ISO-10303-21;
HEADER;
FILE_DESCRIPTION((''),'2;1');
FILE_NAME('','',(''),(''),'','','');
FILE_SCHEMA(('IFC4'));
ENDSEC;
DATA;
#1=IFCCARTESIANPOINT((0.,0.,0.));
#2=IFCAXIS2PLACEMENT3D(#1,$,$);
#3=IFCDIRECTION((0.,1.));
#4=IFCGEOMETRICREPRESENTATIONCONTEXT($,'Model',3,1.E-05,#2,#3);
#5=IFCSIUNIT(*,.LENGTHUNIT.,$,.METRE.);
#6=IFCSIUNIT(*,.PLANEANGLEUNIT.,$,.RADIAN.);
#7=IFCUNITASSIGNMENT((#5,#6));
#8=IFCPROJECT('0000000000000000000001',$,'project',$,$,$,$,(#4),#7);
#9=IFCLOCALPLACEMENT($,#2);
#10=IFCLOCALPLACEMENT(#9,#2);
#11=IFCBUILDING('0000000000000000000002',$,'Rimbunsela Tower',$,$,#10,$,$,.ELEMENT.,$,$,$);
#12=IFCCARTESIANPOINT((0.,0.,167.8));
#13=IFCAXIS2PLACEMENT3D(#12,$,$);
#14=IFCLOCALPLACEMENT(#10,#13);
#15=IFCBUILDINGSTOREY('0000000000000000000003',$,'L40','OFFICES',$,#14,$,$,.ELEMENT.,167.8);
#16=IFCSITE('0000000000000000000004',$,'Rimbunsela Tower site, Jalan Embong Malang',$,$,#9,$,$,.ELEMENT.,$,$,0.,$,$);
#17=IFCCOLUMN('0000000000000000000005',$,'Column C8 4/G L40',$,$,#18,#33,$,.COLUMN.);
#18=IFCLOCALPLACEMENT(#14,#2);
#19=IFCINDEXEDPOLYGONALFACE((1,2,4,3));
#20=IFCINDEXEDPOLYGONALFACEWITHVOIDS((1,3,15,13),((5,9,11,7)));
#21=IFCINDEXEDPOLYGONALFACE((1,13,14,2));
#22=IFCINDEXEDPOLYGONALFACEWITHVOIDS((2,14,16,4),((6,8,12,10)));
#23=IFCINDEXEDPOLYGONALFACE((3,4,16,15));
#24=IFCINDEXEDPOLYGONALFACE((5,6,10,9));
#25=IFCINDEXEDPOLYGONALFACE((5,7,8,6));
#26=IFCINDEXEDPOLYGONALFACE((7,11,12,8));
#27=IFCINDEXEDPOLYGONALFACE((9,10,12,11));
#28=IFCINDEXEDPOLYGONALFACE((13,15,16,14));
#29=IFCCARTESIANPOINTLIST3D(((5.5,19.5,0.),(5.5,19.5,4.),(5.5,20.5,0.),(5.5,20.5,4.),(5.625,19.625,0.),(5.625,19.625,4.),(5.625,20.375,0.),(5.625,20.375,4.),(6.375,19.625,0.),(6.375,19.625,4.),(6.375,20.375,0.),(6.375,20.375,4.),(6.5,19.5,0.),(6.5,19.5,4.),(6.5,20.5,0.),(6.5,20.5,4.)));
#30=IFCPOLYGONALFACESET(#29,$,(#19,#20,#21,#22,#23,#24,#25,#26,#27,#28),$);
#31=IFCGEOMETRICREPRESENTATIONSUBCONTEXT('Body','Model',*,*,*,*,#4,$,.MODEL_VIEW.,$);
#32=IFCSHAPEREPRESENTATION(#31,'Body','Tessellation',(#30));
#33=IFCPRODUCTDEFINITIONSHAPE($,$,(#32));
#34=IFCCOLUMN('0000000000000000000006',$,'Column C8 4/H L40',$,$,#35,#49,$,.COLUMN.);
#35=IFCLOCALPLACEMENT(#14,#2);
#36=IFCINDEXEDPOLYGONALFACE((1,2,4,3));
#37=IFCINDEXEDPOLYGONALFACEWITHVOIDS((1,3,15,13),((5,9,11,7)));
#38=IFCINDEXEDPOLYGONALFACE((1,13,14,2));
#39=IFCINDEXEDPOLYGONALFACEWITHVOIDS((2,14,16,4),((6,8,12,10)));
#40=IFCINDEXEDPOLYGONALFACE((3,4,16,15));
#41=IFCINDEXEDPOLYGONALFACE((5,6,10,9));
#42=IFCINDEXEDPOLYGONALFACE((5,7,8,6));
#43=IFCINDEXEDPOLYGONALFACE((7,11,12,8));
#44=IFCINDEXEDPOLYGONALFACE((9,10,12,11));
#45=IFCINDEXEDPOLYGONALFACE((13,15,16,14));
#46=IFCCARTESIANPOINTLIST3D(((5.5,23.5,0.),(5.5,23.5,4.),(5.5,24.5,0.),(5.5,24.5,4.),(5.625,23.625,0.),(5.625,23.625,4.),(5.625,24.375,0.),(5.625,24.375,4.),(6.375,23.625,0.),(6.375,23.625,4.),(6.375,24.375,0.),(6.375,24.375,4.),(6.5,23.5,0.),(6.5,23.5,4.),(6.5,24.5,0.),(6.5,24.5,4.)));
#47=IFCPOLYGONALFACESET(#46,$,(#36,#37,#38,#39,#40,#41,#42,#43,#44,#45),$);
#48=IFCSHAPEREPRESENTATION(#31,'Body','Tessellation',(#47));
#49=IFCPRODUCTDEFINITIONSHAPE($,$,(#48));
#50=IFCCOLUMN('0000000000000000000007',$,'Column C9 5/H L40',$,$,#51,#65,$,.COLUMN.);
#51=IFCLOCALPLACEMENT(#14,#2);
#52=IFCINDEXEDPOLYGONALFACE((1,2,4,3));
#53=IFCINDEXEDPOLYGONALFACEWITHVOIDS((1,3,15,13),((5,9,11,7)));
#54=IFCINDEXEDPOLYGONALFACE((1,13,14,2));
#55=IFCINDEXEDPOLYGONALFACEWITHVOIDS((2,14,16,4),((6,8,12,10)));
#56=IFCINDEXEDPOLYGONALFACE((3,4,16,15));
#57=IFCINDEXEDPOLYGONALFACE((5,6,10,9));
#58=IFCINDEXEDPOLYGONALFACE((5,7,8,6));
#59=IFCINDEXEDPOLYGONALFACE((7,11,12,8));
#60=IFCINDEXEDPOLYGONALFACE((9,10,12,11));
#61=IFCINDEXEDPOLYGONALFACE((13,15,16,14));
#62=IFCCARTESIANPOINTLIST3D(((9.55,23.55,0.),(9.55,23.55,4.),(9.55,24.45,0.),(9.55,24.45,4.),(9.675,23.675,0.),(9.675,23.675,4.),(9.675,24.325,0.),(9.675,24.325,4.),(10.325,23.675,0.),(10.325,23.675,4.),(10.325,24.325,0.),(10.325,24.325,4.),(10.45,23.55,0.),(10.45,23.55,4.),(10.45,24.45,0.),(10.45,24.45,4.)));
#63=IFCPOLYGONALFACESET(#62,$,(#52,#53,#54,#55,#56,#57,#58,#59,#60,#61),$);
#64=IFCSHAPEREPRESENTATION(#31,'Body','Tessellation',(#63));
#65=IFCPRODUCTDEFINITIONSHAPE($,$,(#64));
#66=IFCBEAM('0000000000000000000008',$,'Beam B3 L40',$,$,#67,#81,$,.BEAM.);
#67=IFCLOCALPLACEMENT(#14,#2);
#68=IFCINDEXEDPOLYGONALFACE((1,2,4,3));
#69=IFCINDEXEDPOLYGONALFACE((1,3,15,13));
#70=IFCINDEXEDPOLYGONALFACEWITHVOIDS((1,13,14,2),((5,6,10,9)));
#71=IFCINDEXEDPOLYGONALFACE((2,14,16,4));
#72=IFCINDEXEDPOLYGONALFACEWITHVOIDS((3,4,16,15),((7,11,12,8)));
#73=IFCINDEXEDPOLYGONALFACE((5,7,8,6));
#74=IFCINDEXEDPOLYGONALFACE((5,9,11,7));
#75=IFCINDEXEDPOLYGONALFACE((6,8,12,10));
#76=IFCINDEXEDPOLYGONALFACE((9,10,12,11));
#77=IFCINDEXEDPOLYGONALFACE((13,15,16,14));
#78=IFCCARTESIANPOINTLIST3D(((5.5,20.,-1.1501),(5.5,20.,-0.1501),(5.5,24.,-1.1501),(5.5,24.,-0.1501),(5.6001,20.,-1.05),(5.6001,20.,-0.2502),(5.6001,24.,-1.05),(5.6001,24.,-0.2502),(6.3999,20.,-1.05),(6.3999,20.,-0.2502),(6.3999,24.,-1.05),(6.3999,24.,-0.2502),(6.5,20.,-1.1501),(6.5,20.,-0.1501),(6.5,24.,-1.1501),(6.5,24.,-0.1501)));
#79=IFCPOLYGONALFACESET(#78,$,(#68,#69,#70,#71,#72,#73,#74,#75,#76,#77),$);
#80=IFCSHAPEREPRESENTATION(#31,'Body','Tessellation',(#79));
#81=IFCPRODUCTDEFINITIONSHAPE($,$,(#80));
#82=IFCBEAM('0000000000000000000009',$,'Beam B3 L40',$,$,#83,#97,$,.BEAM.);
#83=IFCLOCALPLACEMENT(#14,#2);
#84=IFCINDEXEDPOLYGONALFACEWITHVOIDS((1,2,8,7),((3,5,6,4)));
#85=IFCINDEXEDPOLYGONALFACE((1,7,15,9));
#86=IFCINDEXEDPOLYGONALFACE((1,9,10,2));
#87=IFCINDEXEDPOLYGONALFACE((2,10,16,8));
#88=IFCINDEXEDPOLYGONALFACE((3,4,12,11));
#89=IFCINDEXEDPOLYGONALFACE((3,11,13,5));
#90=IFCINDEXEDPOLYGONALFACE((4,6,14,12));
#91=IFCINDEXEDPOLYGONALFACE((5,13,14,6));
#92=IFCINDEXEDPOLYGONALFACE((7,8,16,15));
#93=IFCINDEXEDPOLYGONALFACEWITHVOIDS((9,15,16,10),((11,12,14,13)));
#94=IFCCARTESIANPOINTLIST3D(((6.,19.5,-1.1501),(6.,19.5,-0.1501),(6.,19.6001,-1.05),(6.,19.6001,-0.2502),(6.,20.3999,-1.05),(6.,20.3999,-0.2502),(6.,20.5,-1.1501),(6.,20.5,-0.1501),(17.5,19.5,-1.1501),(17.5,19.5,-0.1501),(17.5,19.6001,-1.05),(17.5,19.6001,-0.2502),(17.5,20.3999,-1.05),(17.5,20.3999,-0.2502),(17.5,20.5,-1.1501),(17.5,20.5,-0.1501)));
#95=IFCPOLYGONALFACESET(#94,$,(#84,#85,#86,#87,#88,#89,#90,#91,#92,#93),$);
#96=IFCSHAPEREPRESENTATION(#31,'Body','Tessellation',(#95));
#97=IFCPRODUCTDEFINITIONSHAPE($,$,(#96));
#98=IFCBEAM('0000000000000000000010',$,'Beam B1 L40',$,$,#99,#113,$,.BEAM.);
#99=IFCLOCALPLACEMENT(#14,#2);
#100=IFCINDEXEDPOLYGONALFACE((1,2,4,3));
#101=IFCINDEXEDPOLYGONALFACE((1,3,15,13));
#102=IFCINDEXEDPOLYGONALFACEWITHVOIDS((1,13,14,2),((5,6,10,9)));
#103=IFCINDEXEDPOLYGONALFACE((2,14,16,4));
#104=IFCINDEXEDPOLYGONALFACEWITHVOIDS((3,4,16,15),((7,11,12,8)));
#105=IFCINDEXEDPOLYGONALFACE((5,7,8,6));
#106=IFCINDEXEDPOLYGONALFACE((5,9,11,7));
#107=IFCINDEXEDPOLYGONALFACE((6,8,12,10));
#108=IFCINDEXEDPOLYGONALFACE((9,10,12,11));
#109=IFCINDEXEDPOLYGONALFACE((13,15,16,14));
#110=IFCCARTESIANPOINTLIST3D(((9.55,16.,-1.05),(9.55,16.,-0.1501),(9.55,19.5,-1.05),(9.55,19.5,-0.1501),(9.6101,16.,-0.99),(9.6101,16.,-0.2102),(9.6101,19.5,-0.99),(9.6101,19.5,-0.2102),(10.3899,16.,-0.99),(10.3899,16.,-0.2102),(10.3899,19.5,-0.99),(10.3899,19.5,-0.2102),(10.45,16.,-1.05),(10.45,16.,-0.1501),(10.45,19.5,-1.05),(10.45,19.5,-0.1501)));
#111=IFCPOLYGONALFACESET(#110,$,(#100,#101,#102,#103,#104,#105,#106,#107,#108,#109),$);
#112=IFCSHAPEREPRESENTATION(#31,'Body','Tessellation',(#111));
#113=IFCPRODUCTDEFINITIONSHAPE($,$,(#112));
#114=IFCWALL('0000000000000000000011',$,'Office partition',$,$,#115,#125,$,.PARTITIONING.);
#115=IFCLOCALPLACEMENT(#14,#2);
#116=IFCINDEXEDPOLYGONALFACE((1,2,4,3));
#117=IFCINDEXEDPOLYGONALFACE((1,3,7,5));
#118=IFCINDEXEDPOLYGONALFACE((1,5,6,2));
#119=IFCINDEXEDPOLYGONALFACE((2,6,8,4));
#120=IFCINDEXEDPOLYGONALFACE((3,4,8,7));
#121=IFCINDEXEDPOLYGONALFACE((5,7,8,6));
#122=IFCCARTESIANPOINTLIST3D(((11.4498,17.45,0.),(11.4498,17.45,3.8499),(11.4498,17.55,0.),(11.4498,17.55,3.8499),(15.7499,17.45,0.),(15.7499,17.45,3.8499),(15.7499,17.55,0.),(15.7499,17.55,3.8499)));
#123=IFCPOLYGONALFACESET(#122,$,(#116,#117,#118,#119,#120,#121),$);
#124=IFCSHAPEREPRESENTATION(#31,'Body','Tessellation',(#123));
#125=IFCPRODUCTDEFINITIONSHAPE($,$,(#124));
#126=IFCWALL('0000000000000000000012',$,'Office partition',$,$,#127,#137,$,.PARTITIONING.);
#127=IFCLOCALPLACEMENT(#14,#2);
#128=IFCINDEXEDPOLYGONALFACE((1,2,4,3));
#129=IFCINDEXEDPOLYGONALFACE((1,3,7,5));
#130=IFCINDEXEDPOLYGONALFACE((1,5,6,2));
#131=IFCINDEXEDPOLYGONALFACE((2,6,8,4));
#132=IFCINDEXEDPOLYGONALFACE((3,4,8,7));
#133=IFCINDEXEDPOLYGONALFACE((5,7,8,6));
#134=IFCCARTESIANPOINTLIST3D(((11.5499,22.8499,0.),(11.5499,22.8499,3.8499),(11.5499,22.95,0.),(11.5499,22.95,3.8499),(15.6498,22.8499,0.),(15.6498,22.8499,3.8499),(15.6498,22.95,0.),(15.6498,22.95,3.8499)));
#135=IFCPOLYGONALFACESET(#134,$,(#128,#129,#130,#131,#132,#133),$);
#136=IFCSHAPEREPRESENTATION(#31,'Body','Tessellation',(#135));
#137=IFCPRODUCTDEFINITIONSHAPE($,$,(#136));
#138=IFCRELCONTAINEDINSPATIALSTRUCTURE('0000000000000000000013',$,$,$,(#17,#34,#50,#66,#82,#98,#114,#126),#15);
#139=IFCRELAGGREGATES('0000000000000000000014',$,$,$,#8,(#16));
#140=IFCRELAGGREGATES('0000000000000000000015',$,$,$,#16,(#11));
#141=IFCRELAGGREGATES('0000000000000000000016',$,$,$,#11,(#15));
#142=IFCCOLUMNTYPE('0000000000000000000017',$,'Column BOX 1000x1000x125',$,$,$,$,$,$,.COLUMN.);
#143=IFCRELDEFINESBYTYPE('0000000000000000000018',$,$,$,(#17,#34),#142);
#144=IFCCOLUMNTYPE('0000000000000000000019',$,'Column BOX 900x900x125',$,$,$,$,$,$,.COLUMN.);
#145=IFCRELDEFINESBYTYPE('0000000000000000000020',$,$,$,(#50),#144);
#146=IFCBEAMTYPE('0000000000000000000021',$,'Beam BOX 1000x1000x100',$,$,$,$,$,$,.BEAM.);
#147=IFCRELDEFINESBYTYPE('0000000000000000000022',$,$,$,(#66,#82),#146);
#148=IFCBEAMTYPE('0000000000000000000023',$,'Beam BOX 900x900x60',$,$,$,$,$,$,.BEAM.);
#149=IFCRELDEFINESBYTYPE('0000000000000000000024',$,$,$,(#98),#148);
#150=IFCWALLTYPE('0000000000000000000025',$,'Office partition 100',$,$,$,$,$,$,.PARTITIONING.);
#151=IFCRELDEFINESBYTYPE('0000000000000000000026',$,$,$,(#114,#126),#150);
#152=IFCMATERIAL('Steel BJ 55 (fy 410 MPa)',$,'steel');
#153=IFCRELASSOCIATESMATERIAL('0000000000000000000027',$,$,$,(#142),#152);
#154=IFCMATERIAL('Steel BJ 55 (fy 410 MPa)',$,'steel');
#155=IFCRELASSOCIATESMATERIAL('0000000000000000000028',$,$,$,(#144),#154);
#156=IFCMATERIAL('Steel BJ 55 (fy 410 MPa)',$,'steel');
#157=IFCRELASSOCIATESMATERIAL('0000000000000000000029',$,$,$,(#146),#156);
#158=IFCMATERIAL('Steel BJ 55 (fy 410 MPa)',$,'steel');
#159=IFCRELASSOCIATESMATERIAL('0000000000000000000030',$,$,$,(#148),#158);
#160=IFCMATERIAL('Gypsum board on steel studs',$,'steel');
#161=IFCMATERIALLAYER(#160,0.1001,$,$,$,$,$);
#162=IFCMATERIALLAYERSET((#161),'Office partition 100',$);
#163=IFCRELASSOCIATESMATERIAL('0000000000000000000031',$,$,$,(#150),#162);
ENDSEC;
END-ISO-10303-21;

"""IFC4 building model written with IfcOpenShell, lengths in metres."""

from ifc_helpers import new_model, si_unit, direction, frame, frame_2d, origin, origin_2d, place, context, subcontext, project, spatial, rectangle, hollow_rectangle, extrude, material, layer, layer_set, material_profile, profile_set, type_object, element, save


model = new_model("IFC4")

# Units and contexts
model_context = context("Model", 3, precision=1e-05, world=origin(), true_north=direction((0.0, 1.0)))
body_context = subcontext(model_context, "Body", "Model", "MODEL_VIEW")
ifc_project = project(units=[si_unit("LENGTHUNIT", "METRE"), si_unit("PLANEANGLEUNIT", "RADIAN")], contexts=[model_context])

# Site, building, storey
site_placement = place(None, origin())
site = spatial("IfcSite", under=ifc_project, at=site_placement, Name="Rimbunsela Tower site, Jalan Embong Malang", CompositionType="ELEMENT", RefElevation=0.0)
building_placement = place(site_placement, origin())
building = spatial("IfcBuilding", under=site, at=building_placement, Name="Rimbunsela Tower", CompositionType="ELEMENT")
storey_placement = place(building_placement, frame((0.0, 0.0, 167.8)))
storey = spatial("IfcBuildingStorey", under=building, at=storey_placement, Name="L40", Description="OFFICES", CompositionType="ELEMENT", Elevation=167.8)

# Columns
ifc_material_1 = material(Name="Steel BJ 55 (fy 410 MPa)", Category="steel")
ifc_material_profile_1 = material_profile(ifc_material_1, hollow_rectangle(XDim=1.0, YDim=1.0, WallThickness=0.125, at=origin_2d()), Name="BOX 1000x1000x125")
ifc_profile_set_1 = profile_set([ifc_material_profile_1], Name="Steel BJ 55 (fy 410 MPa)")
column_type_1 = type_object("IfcColumnType", Name="Column BOX 1000x1000x125", PredefinedType="COLUMN", material=ifc_profile_set_1)
for number, where, z_axis, x_axis, name in (
    (1, (6.0, 20.0, 0.0), (0.0, 0.0, 1.0), (1.0, 0.0, 0.0), "Column C8 4/G L40"),
    (2, (6.0, 24.0, 0.0), (0.0, 0.0, 1.0), (1.0, 0.0, 0.0), "Column C8 4/H L40"),
):
    element("IfcColumn", number, at=place(storey_placement, frame(where, z_axis=z_axis, x_axis=x_axis)), inside=storey, type_object=column_type_1, Name=name, PredefinedType="COLUMN", context=body_context, shape_type="SweptSolid", body=[
        extrude(hollow_rectangle(XDim=1.0, YDim=1.0, WallThickness=0.125, at=origin_2d()), origin(), (0.0, 0.0, 1.0), 4.0),
    ])
ifc_material_2 = material(Name="Steel BJ 55 (fy 410 MPa)", Category="steel")
ifc_material_profile_2 = material_profile(ifc_material_2, hollow_rectangle(XDim=0.8999, YDim=0.8999, WallThickness=0.125, at=origin_2d()), Name="BOX 900x900x125")
ifc_profile_set_2 = profile_set([ifc_material_profile_2], Name="Steel BJ 55 (fy 410 MPa)")
column_type_2 = type_object("IfcColumnType", Name="Column BOX 900x900x125", PredefinedType="COLUMN", material=ifc_profile_set_2)
column_placement = place(storey_placement, frame((10.0, 24.0, 0.0), z_axis=(0.0, 0.0, 1.0), x_axis=(1.0, 0.0, 0.0)))
element("IfcColumn", 3, at=column_placement, inside=storey, type_object=column_type_2, Name="Column C9 5/H L40", PredefinedType="COLUMN", context=body_context, shape_type="SweptSolid", body=[
    extrude(hollow_rectangle(XDim=0.8999, YDim=0.8999, WallThickness=0.125, at=origin_2d()), origin(), (0.0, 0.0, 1.0), 4.0),
])

# Beams
ifc_material_3 = material(Name="Steel BJ 55 (fy 410 MPa)", Category="steel")
ifc_material_profile_3 = material_profile(ifc_material_3, hollow_rectangle(XDim=1.0, YDim=1.0, WallThickness=0.1001, at=origin_2d()), Name="BOX 1000x1000x100")
ifc_profile_set_3 = profile_set([ifc_material_profile_3], Name="Steel BJ 55 (fy 410 MPa)")
beam_type_1 = type_object("IfcBeamType", Name="Beam BOX 1000x1000x100", PredefinedType="BEAM", material=ifc_profile_set_3)
beam_1_placement = place(storey_placement, frame((6.0, 20.0, -0.6501), z_axis=(0.0, 1.0, 0.0), x_axis=(-1.0, 0.0, 0.0)))
element("IfcBeam", 4, at=beam_1_placement, inside=storey, type_object=beam_type_1, Name="Beam B3 L40", PredefinedType="BEAM", context=body_context, shape_type="SweptSolid", body=[
    extrude(hollow_rectangle(XDim=1.0, YDim=1.0, WallThickness=0.1001, at=origin_2d()), origin(), (0.0, 0.0, 1.0), 4.0),
])
beam_2_placement = place(storey_placement, frame((6.0, 20.0, -0.6501), z_axis=(1.0, 0.0, 0.0), x_axis=(0.0, 1.0, 0.0)))
element("IfcBeam", 5, at=beam_2_placement, inside=storey, type_object=beam_type_1, Name="Beam B3 L40", PredefinedType="BEAM", context=body_context, shape_type="SweptSolid", body=[
    extrude(hollow_rectangle(XDim=1.0, YDim=1.0, WallThickness=0.1001, at=origin_2d()), origin(), (0.0, 0.0, 1.0), 11.5),
])
ifc_material_4 = material(Name="Steel BJ 55 (fy 410 MPa)", Category="steel")
ifc_material_profile_4 = material_profile(ifc_material_4, hollow_rectangle(XDim=0.8999, YDim=0.8999, WallThickness=0.0601, at=origin_2d()), Name="BOX 900x900x60")
ifc_profile_set_4 = profile_set([ifc_material_profile_4], Name="Steel BJ 55 (fy 410 MPa)")
beam_type_2 = type_object("IfcBeamType", Name="Beam BOX 900x900x60", PredefinedType="BEAM", material=ifc_profile_set_4)
beam_3_placement = place(storey_placement, frame((10.0, 16.0, -0.6001), z_axis=(0.0, 1.0, 0.0), x_axis=(-1.0, 0.0, 0.0)))
element("IfcBeam", 6, at=beam_3_placement, inside=storey, type_object=beam_type_2, Name="Beam B1 L40", PredefinedType="BEAM", context=body_context, shape_type="SweptSolid", body=[
    extrude(hollow_rectangle(XDim=0.8999, YDim=0.8999, WallThickness=0.0601, at=origin_2d()), origin(), (0.0, 0.0, 1.0), 3.5),
])

# Walls
ifc_material_5 = material(Name="Gypsum board on steel studs", Category="steel")
ifc_layer_1 = layer(ifc_material_5, 0.1001)
ifc_layer_set_1 = layer_set([ifc_layer_1], Name="Office partition 100")
wall_type_1 = type_object("IfcWallType", Name="Office partition 100", PredefinedType="PARTITIONING", material=ifc_layer_set_1)
wall_1_placement = place(storey_placement, frame((11.45, 17.5, 0.0), z_axis=(0.0, 0.0, 1.0), x_axis=(1.0, 0.0, 0.0)))
element("IfcWall", 7, at=wall_1_placement, inside=storey, type_object=wall_type_1, Name="Office partition", PredefinedType="PARTITIONING", context=body_context, shape_type="SweptSolid", body=[
    extrude(rectangle(XDim=4.3, YDim=0.1001, at=frame_2d((2.1499, 0.0))), origin(), (0.0, 0.0, 1.0), 3.8499),
])
wall_2_placement = place(storey_placement, frame((11.55, 22.8999, 0.0), z_axis=(0.0, 0.0, 1.0), x_axis=(1.0, 0.0, 0.0)))
element("IfcWall", 8, at=wall_2_placement, inside=storey, type_object=wall_type_1, Name="Office partition", PredefinedType="PARTITIONING", context=body_context, shape_type="SweptSolid", body=[
    extrude(rectangle(XDim=4.0999, YDim=0.1001, at=frame_2d((2.0498, 0.0))), origin(), (0.0, 0.0, 1.0), 3.8499),
])

save(model, "model.ifc")
